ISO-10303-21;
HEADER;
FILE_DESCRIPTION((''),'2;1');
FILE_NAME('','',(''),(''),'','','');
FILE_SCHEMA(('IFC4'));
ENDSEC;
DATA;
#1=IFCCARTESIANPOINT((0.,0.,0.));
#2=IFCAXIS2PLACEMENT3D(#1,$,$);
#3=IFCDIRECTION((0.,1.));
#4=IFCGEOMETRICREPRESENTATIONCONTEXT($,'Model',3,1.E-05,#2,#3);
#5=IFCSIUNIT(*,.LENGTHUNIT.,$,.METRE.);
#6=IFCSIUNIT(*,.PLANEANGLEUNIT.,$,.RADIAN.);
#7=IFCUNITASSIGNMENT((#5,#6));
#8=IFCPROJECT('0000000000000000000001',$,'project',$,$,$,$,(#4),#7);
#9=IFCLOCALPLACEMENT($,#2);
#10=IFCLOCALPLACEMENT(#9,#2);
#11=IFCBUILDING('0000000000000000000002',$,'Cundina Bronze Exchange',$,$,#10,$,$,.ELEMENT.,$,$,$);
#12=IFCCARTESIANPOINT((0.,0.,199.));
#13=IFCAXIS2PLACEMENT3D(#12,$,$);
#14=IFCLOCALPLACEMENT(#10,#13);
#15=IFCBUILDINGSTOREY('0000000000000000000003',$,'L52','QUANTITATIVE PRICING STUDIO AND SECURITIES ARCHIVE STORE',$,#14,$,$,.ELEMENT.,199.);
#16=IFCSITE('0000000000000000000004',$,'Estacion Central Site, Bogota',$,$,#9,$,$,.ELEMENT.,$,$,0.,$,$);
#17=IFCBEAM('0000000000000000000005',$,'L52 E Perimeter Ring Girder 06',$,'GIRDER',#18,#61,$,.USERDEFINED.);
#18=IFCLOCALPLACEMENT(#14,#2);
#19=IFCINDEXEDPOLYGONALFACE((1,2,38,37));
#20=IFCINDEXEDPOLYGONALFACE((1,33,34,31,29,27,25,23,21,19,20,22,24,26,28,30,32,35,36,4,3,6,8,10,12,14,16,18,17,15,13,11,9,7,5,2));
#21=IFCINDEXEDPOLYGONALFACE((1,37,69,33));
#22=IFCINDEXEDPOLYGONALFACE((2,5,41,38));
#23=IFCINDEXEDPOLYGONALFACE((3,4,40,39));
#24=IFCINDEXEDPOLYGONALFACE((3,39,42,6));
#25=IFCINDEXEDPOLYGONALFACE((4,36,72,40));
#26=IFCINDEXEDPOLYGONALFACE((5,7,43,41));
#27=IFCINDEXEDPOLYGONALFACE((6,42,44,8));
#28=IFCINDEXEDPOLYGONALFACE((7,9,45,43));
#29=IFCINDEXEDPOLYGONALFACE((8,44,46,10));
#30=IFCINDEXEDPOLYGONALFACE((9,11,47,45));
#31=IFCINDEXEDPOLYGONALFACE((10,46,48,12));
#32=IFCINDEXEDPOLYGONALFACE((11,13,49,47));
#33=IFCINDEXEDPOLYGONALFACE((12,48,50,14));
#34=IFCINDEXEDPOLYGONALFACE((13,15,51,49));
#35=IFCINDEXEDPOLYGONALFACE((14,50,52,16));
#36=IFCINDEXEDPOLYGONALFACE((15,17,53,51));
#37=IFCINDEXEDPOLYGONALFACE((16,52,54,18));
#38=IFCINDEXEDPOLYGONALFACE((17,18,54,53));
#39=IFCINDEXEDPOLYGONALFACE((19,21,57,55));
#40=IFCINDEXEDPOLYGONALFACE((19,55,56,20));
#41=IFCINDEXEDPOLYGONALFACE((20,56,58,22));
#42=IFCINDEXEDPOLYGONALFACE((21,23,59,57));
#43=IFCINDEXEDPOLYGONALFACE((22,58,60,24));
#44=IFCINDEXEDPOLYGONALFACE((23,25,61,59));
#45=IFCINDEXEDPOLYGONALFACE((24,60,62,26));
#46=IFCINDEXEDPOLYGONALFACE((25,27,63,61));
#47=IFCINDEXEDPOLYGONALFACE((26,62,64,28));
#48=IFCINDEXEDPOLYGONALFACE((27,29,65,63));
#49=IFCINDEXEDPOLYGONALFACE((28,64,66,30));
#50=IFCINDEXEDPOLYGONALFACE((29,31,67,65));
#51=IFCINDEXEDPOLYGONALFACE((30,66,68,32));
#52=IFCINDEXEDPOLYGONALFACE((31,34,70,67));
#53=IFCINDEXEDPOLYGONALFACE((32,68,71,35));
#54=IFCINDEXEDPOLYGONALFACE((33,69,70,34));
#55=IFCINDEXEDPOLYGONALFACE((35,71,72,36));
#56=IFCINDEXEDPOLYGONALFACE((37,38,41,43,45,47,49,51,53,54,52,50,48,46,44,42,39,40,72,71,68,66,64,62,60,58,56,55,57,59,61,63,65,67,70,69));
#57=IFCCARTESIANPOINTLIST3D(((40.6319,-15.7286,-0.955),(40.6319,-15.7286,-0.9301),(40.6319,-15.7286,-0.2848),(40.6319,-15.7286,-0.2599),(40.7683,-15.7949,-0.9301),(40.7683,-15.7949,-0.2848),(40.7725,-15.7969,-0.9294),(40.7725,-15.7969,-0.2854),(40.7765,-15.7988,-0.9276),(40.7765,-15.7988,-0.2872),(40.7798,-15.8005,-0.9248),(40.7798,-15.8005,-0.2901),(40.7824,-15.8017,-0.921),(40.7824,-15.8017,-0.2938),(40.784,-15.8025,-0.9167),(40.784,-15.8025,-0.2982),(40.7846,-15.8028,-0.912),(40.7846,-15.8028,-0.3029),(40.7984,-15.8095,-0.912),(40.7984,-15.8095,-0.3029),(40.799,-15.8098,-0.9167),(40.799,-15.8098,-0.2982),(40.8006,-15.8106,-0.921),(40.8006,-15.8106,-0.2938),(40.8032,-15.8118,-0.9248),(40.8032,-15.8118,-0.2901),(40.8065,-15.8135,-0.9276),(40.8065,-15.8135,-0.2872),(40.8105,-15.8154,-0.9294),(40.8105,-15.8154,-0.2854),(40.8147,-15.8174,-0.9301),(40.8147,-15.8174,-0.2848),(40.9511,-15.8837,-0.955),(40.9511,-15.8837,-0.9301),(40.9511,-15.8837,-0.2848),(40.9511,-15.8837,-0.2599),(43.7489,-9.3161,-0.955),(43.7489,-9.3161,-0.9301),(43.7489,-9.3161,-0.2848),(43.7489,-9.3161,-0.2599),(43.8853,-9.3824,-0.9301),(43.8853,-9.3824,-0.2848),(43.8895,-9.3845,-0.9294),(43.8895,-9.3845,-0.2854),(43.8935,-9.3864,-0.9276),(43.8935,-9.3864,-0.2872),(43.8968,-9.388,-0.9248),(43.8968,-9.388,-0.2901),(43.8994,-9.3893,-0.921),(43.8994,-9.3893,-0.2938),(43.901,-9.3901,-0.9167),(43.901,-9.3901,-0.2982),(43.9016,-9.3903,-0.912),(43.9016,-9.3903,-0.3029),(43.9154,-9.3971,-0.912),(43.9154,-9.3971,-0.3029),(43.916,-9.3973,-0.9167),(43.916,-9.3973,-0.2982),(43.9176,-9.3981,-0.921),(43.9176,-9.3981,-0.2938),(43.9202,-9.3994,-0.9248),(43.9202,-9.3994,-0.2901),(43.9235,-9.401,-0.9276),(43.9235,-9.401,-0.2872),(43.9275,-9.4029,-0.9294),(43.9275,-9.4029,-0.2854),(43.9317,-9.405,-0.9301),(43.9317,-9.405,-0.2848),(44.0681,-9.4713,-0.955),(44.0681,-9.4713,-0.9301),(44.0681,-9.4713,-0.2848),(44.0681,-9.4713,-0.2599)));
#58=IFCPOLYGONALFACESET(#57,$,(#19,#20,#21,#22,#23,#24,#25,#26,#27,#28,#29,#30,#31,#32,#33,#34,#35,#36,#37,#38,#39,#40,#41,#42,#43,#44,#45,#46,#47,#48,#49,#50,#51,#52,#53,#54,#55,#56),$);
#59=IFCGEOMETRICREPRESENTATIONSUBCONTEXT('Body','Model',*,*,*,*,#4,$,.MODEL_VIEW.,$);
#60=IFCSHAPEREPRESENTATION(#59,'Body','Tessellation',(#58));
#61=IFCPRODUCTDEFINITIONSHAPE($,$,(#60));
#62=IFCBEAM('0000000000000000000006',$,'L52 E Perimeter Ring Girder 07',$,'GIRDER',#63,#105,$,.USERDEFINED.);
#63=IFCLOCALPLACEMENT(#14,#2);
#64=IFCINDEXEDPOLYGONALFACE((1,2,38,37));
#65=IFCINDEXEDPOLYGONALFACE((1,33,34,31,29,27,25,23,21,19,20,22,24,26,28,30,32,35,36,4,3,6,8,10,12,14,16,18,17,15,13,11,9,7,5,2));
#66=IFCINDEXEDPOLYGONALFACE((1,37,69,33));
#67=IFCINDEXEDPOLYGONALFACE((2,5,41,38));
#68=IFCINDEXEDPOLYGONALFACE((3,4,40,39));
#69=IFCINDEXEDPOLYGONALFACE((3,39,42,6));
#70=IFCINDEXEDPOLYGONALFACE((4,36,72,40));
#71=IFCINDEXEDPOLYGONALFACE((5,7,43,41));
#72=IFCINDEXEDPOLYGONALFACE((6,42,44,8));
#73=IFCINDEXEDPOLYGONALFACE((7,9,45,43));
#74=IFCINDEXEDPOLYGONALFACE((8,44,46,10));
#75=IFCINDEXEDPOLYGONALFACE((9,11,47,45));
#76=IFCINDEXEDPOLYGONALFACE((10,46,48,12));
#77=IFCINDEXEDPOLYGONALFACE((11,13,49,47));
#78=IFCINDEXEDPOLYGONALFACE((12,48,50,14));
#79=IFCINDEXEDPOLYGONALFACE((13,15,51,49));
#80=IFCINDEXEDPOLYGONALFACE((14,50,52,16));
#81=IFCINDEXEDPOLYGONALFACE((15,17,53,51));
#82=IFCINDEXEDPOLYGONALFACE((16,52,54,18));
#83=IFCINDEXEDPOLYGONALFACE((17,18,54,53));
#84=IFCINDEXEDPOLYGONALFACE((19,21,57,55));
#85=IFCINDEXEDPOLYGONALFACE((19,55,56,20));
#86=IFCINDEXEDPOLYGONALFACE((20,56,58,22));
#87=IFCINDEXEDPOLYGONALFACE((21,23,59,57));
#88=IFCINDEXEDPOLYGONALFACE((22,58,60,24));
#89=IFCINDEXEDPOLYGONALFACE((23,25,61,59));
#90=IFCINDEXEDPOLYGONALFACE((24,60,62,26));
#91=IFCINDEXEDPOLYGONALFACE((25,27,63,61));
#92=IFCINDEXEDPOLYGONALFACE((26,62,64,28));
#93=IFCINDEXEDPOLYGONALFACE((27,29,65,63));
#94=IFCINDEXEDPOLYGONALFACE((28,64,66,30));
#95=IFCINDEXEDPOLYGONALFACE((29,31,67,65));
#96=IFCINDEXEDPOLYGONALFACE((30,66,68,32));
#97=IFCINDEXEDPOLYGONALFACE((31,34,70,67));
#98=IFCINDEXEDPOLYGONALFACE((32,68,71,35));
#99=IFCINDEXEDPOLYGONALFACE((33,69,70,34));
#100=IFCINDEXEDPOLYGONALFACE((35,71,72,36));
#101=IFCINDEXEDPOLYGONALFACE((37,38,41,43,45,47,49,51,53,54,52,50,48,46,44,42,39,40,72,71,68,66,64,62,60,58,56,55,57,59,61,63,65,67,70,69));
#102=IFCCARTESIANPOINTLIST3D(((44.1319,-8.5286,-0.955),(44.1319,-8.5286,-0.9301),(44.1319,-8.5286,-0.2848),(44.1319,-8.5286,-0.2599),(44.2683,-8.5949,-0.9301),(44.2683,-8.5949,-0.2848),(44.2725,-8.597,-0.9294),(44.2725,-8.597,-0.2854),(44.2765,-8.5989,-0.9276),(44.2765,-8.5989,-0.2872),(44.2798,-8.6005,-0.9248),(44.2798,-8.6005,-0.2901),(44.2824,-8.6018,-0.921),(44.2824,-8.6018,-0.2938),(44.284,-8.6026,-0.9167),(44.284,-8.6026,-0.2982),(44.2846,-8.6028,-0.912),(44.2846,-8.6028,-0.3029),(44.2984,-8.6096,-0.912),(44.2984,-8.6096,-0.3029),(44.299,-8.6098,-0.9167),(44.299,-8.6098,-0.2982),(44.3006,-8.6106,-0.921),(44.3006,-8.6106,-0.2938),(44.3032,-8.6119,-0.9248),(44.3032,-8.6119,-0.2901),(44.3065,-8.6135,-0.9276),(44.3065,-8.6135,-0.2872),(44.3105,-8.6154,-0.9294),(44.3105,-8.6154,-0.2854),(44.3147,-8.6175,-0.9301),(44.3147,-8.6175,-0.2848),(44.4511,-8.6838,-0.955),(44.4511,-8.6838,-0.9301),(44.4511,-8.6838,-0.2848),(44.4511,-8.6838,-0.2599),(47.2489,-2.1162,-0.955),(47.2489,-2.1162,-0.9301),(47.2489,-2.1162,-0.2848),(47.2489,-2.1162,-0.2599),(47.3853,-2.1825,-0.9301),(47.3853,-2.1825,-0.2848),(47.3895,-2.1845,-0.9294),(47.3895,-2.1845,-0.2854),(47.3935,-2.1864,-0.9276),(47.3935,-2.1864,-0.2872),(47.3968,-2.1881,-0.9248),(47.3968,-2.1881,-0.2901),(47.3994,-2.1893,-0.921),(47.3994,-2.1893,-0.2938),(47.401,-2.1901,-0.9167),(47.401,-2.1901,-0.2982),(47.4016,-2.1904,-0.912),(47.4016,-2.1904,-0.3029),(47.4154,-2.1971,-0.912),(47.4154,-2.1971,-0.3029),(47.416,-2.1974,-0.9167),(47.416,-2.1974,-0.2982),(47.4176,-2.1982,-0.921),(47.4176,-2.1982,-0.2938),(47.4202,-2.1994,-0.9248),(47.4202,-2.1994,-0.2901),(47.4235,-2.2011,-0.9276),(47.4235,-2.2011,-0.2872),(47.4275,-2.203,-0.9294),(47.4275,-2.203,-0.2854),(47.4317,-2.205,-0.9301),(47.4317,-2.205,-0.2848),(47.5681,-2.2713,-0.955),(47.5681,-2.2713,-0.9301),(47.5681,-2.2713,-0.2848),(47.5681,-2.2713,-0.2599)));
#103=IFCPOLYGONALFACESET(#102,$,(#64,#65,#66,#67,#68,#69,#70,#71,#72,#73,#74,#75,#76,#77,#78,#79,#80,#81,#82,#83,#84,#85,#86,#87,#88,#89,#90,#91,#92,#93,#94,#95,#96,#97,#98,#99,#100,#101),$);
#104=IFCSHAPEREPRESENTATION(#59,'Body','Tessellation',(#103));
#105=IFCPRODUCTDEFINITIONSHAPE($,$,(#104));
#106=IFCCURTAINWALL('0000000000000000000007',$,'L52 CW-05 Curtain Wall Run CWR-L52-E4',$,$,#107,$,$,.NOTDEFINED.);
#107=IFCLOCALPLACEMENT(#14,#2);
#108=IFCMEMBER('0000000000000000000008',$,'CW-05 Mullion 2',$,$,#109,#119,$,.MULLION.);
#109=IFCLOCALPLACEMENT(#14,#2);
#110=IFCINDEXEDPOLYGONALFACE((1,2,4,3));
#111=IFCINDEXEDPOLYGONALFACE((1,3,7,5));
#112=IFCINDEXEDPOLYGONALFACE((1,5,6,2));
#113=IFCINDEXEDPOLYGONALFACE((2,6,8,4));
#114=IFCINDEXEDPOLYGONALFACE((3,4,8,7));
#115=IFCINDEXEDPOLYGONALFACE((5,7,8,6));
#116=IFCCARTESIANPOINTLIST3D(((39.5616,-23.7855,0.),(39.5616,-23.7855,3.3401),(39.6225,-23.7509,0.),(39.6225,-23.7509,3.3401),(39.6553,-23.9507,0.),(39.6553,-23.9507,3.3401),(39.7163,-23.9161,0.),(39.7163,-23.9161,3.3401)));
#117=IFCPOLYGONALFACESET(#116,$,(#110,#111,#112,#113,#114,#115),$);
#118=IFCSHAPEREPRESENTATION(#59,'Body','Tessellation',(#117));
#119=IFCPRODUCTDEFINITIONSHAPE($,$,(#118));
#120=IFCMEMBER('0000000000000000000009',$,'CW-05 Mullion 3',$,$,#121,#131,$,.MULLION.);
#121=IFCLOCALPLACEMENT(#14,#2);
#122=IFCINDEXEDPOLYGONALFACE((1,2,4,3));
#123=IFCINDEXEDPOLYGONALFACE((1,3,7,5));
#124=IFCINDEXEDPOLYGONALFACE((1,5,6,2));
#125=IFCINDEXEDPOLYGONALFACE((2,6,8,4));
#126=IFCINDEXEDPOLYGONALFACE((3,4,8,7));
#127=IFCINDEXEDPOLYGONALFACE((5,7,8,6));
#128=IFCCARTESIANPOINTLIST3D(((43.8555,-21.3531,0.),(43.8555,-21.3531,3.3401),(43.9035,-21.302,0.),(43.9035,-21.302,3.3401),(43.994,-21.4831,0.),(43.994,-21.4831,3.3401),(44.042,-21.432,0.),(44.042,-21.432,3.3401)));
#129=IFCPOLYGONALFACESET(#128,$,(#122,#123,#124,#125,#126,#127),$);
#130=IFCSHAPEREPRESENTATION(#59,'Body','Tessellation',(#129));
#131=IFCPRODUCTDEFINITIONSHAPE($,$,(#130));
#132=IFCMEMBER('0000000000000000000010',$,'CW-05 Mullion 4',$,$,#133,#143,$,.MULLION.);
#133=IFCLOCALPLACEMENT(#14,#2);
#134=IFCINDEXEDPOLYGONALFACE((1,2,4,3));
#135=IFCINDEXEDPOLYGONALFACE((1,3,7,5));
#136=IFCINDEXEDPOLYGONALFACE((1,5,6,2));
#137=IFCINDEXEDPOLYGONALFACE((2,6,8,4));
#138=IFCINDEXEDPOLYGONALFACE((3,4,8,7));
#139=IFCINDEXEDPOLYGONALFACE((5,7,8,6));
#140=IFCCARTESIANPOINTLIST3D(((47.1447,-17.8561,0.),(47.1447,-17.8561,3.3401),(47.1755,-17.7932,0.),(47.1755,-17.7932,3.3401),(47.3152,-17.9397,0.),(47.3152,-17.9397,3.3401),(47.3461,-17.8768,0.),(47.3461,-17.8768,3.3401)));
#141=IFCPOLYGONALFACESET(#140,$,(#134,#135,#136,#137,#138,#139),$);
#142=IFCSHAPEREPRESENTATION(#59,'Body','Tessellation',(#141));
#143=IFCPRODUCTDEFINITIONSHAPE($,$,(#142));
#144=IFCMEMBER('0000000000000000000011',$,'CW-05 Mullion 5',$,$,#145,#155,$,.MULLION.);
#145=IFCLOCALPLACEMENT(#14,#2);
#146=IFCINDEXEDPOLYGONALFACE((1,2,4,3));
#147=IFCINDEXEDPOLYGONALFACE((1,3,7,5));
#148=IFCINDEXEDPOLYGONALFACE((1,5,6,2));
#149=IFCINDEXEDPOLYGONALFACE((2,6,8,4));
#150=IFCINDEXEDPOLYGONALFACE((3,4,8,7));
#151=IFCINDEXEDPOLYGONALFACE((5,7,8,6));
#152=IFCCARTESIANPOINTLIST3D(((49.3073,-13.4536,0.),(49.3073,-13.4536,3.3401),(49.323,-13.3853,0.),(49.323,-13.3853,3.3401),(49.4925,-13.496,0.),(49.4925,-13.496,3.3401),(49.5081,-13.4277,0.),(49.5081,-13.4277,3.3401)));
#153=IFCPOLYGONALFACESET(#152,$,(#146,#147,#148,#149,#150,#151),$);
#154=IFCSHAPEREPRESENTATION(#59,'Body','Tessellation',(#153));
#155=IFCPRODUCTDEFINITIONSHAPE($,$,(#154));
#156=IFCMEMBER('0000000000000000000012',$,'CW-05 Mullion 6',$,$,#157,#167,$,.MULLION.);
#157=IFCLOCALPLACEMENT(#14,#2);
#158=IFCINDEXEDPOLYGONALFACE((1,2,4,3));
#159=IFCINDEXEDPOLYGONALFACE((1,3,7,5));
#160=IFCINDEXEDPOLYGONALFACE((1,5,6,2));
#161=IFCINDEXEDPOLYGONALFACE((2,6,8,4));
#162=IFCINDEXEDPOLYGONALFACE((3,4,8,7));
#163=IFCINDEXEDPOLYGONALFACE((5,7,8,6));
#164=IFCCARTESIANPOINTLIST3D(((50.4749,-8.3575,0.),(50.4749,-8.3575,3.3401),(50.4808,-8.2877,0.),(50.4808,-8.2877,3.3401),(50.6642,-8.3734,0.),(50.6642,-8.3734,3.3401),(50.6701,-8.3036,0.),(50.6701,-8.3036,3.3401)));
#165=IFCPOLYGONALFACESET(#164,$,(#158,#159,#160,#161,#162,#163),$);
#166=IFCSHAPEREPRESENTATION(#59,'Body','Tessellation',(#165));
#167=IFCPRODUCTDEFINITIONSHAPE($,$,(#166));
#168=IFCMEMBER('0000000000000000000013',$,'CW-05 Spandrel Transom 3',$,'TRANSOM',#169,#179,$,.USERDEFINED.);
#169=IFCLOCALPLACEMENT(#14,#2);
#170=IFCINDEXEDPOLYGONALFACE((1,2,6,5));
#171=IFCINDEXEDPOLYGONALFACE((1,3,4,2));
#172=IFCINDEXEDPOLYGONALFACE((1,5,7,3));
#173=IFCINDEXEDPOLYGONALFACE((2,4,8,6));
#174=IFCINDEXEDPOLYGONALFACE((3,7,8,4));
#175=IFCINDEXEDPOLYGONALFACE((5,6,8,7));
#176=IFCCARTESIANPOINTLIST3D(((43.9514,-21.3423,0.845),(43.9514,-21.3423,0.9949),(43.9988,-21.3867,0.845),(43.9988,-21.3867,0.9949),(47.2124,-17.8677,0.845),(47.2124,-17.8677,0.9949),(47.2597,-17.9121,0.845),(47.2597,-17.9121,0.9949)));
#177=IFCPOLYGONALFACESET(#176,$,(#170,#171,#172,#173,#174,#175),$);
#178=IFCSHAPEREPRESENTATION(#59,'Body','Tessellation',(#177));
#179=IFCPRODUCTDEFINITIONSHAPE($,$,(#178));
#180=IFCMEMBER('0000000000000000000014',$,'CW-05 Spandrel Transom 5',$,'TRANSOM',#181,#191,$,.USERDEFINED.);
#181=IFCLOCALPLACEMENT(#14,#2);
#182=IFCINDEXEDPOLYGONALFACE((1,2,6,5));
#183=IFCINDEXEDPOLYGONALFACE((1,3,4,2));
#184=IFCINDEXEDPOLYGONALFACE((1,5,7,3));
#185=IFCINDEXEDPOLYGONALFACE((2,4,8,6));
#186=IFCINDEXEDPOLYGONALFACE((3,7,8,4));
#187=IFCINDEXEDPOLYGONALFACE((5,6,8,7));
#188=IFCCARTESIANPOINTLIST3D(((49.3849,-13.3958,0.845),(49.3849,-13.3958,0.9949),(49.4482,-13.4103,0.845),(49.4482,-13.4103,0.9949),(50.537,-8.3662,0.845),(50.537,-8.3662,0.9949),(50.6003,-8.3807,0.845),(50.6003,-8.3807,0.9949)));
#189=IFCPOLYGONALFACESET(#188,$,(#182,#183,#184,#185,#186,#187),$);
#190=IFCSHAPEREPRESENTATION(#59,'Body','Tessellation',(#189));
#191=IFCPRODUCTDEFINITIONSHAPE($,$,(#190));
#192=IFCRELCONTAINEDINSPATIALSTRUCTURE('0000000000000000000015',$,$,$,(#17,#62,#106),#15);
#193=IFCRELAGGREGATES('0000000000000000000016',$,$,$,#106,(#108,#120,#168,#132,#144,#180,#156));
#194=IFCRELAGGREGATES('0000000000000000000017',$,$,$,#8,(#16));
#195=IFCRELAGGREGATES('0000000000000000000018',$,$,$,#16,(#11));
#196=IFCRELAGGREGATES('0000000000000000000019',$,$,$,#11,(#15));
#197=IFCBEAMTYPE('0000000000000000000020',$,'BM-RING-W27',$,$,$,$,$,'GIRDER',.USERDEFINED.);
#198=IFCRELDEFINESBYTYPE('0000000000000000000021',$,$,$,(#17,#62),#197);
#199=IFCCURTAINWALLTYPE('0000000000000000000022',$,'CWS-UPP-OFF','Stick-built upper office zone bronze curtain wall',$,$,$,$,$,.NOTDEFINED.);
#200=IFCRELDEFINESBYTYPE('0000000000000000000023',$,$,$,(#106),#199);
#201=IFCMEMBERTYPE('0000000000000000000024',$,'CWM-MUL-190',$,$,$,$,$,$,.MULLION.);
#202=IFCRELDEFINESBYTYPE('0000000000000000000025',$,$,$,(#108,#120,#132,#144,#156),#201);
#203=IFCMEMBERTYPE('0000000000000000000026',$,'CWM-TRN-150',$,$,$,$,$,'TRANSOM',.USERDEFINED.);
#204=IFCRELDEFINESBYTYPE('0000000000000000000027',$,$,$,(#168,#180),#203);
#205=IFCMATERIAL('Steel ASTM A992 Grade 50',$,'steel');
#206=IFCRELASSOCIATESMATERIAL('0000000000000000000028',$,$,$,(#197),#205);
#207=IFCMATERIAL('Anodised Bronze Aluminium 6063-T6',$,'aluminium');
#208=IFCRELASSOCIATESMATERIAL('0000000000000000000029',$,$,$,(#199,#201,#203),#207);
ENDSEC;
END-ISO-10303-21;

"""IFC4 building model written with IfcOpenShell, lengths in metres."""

from ifc_helpers import new_model, si_unit, direction, frame, origin, origin_2d, place, context, subcontext, project, spatial, rectangle, i_section, extrude, material, material_profile, profile_set, type_object, element, aggregate, save


model = new_model("IFC4")

# Units and contexts
model_context = context("Model", 3, precision=1e-05, world=origin(), true_north=direction((0.0, 1.0)))
body_context = subcontext(model_context, "Body", "Model", "MODEL_VIEW")
ifc_project = project(units=[si_unit("LENGTHUNIT", "METRE"), si_unit("PLANEANGLEUNIT", "RADIAN")], contexts=[model_context])

# Site, building, storey
site_placement = place(None, origin())
site = spatial("IfcSite", under=ifc_project, at=site_placement, Name="Estacion Central Site, Bogota", CompositionType="ELEMENT", RefElevation=0.0)
building_placement = place(site_placement, origin())
building = spatial("IfcBuilding", under=site, at=building_placement, Name="Cundina Bronze Exchange", CompositionType="ELEMENT")
storey_placement = place(building_placement, frame((0.0, 0.0, 199.0)))
storey = spatial("IfcBuildingStorey", under=building, at=storey_placement, Name="L52", Description="QUANTITATIVE PRICING STUDIO AND SECURITIES ARCHIVE STORE", CompositionType="ELEMENT", Elevation=199.0)

# Beams
ifc_material_1 = material(Name="Steel ASTM A992 Grade 50", Category="steel")
ifc_material_profile_1 = material_profile(ifc_material_1, i_section(OverallWidth=0.355, OverallDepth=0.6951, WebThickness=0.0154, FlangeThickness=0.0249, FilletRadius=0.0181, at=origin_2d()), Name="W27X146", Category="steel")
ifc_profile_set_1 = profile_set([ifc_material_profile_1], Name="Steel ASTM A992 Grade 50")
beam_type_1 = type_object("IfcBeamType", Name="BM-RING-W27", ElementType="GIRDER", PredefinedType="USERDEFINED", material=ifc_profile_set_1)
for number, where, z_axis, x_axis, name in (
    (1, (40.7915, -15.8062, -0.6074), (0.437173, 0.899377, 0.0), (-0.899377, 0.437173, 0.0), "L52 E Perimeter Ring Girder 06"),
    (2, (44.2915, -8.6062, -0.6074), (0.437173, 0.899377, 0.0), (-0.899377, 0.437173, 0.0), "L52 E Perimeter Ring Girder 07"),
):
    element("IfcBeam", number, at=place(storey_placement, frame(where, z_axis=z_axis, x_axis=x_axis)), inside=storey, type_object=beam_type_1, Name=name, ObjectType="GIRDER", PredefinedType="USERDEFINED", context=body_context, shape_type="SweptSolid", body=[
        extrude(i_section(OverallWidth=0.355, OverallDepth=0.6951, WebThickness=0.0154, FlangeThickness=0.0249, FilletRadius=0.0181, at=origin_2d()), origin(), (0.0, 0.0, 1.0), 7.1299),
    ])

# Curtain wall, members
ifc_material_2 = material(Name="Anodised Bronze Aluminium 6063-T6", Category="aluminium")
curtain_wall_type = type_object("IfcCurtainWallType", Name="CWS-UPP-OFF", Description="Stick-built upper office zone bronze curtain wall", PredefinedType="NOTDEFINED", material=ifc_material_2)
curtain_wall_placement = place(storey_placement, origin())
curtain_wall = element("IfcCurtainWall", 3, at=curtain_wall_placement, inside=storey, type_object=curtain_wall_type, Name="L52 CW-05 Curtain Wall Run CWR-L52-E4", PredefinedType="NOTDEFINED")
ifc_material_profile_2 = material_profile(ifc_material_2, rectangle(XDim=0.0701, YDim=0.1899, at=origin_2d()), Name="AL70X190", Category="aluminium")
ifc_profile_set_2 = profile_set([ifc_material_profile_2], Name="Anodised Bronze Aluminium 6063-T6")
member_type_1 = type_object("IfcMemberType", Name="CWM-MUL-190", PredefinedType="MULLION", material=ifc_profile_set_2)
member_1_placement = place(storey_placement, frame((39.6389, -23.8508, 0.0), z_axis=(0.0, 0.0, 1.0), x_axis=(0.869581, 0.49379, 0.0)))
member_1 = element("IfcMember", 4, at=member_1_placement, type_object=member_type_1, Name="CW-05 Mullion 2", PredefinedType="MULLION", context=body_context, shape_type="SweptSolid", body=[
    extrude(rectangle(XDim=0.0701, YDim=0.1899, at=origin_2d()), origin(), (0.0, 0.0, 1.0), 3.3401),
])
member_2_placement = place(storey_placement, frame((43.9487, -21.3926, 0.0), z_axis=(0.0, 0.0, 1.0), x_axis=(0.684293, 0.729208, 0.0)))
member_2 = element("IfcMember", 5, at=member_2_placement, type_object=member_type_1, Name="CW-05 Mullion 3", PredefinedType="MULLION", context=body_context, shape_type="SweptSolid", body=[
    extrude(rectangle(XDim=0.0701, YDim=0.1899, at=origin_2d()), origin(), (0.0, 0.0, 1.0), 3.3401),
])
member_3_placement = place(storey_placement, frame((47.2454, -17.8665, 0.0), z_axis=(0.0, 0.0, 1.0), x_axis=(0.440566, 0.89772, 0.0)))
member_3 = element("IfcMember", 6, at=member_3_placement, type_object=member_type_1, Name="CW-05 Mullion 4", PredefinedType="MULLION", context=body_context, shape_type="SweptSolid", body=[
    extrude(rectangle(XDim=0.0701, YDim=0.1899, at=origin_2d()), origin(), (0.0, 0.0, 1.0), 3.3401),
])
member_4_placement = place(storey_placement, frame((49.4077, -13.4407, 0.0), z_axis=(0.0, 0.0, 1.0), x_axis=(0.22325, 0.974761, 0.0)))
member_4 = element("IfcMember", 7, at=member_4_placement, type_object=member_type_1, Name="CW-05 Mullion 5", PredefinedType="MULLION", context=body_context, shape_type="SweptSolid", body=[
    extrude(rectangle(XDim=0.0701, YDim=0.1899, at=origin_2d()), origin(), (0.0, 0.0, 1.0), 3.3401),
])
member_5_placement = place(storey_placement, frame((50.5725, -8.3306, 0.0), z_axis=(0.0, 0.0, 1.0), x_axis=(0.083678, 0.996493, 0.0)))
member_5 = element("IfcMember", 8, at=member_5_placement, type_object=member_type_1, Name="CW-05 Mullion 6", PredefinedType="MULLION", context=body_context, shape_type="SweptSolid", body=[
    extrude(rectangle(XDim=0.0701, YDim=0.1899, at=origin_2d()), origin(), (0.0, 0.0, 1.0), 3.3401),
])
ifc_material_profile_3 = material_profile(ifc_material_2, rectangle(XDim=0.0649, YDim=0.1499, at=origin_2d()), Name="AL65X150", Category="aluminium")
ifc_profile_set_3 = profile_set([ifc_material_profile_3], Name="Anodised Bronze Aluminium 6063-T6")
member_type_2 = type_object("IfcMemberType", Name="CWM-TRN-150", ElementType="TRANSOM", PredefinedType="USERDEFINED", material=ifc_profile_set_3)
member_6_placement = place(storey_placement, frame((43.9751, -21.3645, 0.9199), z_axis=(0.684336, 0.729166, 0.0), x_axis=(-0.729166, 0.684336, 0.0)))
member_6 = element("IfcMember", 9, at=member_6_placement, type_object=member_type_2, Name="CW-05 Spandrel Transom 3", ObjectType="TRANSOM", PredefinedType="USERDEFINED", context=body_context, shape_type="SweptSolid", body=[
    extrude(rectangle(XDim=0.0649, YDim=0.1499, at=origin_2d()), origin(), (0.0, 0.0, 1.0), 4.7651),
])
member_7_placement = place(storey_placement, frame((49.4165, -13.4031, 0.9199), z_axis=(0.223283, 0.974754, 0.0), x_axis=(-0.974754, 0.223283, 0.0)))
member_7 = element("IfcMember", 10, at=member_7_placement, type_object=member_type_2, Name="CW-05 Spandrel Transom 5", ObjectType="TRANSOM", PredefinedType="USERDEFINED", context=body_context, shape_type="SweptSolid", body=[
    extrude(rectangle(XDim=0.0649, YDim=0.1499, at=origin_2d()), origin(), (0.0, 0.0, 1.0), 5.1599),
])
aggregate(curtain_wall, [member_1, member_2, member_6, member_3, member_4, member_7, member_5])

save(model, "model.ifc")
